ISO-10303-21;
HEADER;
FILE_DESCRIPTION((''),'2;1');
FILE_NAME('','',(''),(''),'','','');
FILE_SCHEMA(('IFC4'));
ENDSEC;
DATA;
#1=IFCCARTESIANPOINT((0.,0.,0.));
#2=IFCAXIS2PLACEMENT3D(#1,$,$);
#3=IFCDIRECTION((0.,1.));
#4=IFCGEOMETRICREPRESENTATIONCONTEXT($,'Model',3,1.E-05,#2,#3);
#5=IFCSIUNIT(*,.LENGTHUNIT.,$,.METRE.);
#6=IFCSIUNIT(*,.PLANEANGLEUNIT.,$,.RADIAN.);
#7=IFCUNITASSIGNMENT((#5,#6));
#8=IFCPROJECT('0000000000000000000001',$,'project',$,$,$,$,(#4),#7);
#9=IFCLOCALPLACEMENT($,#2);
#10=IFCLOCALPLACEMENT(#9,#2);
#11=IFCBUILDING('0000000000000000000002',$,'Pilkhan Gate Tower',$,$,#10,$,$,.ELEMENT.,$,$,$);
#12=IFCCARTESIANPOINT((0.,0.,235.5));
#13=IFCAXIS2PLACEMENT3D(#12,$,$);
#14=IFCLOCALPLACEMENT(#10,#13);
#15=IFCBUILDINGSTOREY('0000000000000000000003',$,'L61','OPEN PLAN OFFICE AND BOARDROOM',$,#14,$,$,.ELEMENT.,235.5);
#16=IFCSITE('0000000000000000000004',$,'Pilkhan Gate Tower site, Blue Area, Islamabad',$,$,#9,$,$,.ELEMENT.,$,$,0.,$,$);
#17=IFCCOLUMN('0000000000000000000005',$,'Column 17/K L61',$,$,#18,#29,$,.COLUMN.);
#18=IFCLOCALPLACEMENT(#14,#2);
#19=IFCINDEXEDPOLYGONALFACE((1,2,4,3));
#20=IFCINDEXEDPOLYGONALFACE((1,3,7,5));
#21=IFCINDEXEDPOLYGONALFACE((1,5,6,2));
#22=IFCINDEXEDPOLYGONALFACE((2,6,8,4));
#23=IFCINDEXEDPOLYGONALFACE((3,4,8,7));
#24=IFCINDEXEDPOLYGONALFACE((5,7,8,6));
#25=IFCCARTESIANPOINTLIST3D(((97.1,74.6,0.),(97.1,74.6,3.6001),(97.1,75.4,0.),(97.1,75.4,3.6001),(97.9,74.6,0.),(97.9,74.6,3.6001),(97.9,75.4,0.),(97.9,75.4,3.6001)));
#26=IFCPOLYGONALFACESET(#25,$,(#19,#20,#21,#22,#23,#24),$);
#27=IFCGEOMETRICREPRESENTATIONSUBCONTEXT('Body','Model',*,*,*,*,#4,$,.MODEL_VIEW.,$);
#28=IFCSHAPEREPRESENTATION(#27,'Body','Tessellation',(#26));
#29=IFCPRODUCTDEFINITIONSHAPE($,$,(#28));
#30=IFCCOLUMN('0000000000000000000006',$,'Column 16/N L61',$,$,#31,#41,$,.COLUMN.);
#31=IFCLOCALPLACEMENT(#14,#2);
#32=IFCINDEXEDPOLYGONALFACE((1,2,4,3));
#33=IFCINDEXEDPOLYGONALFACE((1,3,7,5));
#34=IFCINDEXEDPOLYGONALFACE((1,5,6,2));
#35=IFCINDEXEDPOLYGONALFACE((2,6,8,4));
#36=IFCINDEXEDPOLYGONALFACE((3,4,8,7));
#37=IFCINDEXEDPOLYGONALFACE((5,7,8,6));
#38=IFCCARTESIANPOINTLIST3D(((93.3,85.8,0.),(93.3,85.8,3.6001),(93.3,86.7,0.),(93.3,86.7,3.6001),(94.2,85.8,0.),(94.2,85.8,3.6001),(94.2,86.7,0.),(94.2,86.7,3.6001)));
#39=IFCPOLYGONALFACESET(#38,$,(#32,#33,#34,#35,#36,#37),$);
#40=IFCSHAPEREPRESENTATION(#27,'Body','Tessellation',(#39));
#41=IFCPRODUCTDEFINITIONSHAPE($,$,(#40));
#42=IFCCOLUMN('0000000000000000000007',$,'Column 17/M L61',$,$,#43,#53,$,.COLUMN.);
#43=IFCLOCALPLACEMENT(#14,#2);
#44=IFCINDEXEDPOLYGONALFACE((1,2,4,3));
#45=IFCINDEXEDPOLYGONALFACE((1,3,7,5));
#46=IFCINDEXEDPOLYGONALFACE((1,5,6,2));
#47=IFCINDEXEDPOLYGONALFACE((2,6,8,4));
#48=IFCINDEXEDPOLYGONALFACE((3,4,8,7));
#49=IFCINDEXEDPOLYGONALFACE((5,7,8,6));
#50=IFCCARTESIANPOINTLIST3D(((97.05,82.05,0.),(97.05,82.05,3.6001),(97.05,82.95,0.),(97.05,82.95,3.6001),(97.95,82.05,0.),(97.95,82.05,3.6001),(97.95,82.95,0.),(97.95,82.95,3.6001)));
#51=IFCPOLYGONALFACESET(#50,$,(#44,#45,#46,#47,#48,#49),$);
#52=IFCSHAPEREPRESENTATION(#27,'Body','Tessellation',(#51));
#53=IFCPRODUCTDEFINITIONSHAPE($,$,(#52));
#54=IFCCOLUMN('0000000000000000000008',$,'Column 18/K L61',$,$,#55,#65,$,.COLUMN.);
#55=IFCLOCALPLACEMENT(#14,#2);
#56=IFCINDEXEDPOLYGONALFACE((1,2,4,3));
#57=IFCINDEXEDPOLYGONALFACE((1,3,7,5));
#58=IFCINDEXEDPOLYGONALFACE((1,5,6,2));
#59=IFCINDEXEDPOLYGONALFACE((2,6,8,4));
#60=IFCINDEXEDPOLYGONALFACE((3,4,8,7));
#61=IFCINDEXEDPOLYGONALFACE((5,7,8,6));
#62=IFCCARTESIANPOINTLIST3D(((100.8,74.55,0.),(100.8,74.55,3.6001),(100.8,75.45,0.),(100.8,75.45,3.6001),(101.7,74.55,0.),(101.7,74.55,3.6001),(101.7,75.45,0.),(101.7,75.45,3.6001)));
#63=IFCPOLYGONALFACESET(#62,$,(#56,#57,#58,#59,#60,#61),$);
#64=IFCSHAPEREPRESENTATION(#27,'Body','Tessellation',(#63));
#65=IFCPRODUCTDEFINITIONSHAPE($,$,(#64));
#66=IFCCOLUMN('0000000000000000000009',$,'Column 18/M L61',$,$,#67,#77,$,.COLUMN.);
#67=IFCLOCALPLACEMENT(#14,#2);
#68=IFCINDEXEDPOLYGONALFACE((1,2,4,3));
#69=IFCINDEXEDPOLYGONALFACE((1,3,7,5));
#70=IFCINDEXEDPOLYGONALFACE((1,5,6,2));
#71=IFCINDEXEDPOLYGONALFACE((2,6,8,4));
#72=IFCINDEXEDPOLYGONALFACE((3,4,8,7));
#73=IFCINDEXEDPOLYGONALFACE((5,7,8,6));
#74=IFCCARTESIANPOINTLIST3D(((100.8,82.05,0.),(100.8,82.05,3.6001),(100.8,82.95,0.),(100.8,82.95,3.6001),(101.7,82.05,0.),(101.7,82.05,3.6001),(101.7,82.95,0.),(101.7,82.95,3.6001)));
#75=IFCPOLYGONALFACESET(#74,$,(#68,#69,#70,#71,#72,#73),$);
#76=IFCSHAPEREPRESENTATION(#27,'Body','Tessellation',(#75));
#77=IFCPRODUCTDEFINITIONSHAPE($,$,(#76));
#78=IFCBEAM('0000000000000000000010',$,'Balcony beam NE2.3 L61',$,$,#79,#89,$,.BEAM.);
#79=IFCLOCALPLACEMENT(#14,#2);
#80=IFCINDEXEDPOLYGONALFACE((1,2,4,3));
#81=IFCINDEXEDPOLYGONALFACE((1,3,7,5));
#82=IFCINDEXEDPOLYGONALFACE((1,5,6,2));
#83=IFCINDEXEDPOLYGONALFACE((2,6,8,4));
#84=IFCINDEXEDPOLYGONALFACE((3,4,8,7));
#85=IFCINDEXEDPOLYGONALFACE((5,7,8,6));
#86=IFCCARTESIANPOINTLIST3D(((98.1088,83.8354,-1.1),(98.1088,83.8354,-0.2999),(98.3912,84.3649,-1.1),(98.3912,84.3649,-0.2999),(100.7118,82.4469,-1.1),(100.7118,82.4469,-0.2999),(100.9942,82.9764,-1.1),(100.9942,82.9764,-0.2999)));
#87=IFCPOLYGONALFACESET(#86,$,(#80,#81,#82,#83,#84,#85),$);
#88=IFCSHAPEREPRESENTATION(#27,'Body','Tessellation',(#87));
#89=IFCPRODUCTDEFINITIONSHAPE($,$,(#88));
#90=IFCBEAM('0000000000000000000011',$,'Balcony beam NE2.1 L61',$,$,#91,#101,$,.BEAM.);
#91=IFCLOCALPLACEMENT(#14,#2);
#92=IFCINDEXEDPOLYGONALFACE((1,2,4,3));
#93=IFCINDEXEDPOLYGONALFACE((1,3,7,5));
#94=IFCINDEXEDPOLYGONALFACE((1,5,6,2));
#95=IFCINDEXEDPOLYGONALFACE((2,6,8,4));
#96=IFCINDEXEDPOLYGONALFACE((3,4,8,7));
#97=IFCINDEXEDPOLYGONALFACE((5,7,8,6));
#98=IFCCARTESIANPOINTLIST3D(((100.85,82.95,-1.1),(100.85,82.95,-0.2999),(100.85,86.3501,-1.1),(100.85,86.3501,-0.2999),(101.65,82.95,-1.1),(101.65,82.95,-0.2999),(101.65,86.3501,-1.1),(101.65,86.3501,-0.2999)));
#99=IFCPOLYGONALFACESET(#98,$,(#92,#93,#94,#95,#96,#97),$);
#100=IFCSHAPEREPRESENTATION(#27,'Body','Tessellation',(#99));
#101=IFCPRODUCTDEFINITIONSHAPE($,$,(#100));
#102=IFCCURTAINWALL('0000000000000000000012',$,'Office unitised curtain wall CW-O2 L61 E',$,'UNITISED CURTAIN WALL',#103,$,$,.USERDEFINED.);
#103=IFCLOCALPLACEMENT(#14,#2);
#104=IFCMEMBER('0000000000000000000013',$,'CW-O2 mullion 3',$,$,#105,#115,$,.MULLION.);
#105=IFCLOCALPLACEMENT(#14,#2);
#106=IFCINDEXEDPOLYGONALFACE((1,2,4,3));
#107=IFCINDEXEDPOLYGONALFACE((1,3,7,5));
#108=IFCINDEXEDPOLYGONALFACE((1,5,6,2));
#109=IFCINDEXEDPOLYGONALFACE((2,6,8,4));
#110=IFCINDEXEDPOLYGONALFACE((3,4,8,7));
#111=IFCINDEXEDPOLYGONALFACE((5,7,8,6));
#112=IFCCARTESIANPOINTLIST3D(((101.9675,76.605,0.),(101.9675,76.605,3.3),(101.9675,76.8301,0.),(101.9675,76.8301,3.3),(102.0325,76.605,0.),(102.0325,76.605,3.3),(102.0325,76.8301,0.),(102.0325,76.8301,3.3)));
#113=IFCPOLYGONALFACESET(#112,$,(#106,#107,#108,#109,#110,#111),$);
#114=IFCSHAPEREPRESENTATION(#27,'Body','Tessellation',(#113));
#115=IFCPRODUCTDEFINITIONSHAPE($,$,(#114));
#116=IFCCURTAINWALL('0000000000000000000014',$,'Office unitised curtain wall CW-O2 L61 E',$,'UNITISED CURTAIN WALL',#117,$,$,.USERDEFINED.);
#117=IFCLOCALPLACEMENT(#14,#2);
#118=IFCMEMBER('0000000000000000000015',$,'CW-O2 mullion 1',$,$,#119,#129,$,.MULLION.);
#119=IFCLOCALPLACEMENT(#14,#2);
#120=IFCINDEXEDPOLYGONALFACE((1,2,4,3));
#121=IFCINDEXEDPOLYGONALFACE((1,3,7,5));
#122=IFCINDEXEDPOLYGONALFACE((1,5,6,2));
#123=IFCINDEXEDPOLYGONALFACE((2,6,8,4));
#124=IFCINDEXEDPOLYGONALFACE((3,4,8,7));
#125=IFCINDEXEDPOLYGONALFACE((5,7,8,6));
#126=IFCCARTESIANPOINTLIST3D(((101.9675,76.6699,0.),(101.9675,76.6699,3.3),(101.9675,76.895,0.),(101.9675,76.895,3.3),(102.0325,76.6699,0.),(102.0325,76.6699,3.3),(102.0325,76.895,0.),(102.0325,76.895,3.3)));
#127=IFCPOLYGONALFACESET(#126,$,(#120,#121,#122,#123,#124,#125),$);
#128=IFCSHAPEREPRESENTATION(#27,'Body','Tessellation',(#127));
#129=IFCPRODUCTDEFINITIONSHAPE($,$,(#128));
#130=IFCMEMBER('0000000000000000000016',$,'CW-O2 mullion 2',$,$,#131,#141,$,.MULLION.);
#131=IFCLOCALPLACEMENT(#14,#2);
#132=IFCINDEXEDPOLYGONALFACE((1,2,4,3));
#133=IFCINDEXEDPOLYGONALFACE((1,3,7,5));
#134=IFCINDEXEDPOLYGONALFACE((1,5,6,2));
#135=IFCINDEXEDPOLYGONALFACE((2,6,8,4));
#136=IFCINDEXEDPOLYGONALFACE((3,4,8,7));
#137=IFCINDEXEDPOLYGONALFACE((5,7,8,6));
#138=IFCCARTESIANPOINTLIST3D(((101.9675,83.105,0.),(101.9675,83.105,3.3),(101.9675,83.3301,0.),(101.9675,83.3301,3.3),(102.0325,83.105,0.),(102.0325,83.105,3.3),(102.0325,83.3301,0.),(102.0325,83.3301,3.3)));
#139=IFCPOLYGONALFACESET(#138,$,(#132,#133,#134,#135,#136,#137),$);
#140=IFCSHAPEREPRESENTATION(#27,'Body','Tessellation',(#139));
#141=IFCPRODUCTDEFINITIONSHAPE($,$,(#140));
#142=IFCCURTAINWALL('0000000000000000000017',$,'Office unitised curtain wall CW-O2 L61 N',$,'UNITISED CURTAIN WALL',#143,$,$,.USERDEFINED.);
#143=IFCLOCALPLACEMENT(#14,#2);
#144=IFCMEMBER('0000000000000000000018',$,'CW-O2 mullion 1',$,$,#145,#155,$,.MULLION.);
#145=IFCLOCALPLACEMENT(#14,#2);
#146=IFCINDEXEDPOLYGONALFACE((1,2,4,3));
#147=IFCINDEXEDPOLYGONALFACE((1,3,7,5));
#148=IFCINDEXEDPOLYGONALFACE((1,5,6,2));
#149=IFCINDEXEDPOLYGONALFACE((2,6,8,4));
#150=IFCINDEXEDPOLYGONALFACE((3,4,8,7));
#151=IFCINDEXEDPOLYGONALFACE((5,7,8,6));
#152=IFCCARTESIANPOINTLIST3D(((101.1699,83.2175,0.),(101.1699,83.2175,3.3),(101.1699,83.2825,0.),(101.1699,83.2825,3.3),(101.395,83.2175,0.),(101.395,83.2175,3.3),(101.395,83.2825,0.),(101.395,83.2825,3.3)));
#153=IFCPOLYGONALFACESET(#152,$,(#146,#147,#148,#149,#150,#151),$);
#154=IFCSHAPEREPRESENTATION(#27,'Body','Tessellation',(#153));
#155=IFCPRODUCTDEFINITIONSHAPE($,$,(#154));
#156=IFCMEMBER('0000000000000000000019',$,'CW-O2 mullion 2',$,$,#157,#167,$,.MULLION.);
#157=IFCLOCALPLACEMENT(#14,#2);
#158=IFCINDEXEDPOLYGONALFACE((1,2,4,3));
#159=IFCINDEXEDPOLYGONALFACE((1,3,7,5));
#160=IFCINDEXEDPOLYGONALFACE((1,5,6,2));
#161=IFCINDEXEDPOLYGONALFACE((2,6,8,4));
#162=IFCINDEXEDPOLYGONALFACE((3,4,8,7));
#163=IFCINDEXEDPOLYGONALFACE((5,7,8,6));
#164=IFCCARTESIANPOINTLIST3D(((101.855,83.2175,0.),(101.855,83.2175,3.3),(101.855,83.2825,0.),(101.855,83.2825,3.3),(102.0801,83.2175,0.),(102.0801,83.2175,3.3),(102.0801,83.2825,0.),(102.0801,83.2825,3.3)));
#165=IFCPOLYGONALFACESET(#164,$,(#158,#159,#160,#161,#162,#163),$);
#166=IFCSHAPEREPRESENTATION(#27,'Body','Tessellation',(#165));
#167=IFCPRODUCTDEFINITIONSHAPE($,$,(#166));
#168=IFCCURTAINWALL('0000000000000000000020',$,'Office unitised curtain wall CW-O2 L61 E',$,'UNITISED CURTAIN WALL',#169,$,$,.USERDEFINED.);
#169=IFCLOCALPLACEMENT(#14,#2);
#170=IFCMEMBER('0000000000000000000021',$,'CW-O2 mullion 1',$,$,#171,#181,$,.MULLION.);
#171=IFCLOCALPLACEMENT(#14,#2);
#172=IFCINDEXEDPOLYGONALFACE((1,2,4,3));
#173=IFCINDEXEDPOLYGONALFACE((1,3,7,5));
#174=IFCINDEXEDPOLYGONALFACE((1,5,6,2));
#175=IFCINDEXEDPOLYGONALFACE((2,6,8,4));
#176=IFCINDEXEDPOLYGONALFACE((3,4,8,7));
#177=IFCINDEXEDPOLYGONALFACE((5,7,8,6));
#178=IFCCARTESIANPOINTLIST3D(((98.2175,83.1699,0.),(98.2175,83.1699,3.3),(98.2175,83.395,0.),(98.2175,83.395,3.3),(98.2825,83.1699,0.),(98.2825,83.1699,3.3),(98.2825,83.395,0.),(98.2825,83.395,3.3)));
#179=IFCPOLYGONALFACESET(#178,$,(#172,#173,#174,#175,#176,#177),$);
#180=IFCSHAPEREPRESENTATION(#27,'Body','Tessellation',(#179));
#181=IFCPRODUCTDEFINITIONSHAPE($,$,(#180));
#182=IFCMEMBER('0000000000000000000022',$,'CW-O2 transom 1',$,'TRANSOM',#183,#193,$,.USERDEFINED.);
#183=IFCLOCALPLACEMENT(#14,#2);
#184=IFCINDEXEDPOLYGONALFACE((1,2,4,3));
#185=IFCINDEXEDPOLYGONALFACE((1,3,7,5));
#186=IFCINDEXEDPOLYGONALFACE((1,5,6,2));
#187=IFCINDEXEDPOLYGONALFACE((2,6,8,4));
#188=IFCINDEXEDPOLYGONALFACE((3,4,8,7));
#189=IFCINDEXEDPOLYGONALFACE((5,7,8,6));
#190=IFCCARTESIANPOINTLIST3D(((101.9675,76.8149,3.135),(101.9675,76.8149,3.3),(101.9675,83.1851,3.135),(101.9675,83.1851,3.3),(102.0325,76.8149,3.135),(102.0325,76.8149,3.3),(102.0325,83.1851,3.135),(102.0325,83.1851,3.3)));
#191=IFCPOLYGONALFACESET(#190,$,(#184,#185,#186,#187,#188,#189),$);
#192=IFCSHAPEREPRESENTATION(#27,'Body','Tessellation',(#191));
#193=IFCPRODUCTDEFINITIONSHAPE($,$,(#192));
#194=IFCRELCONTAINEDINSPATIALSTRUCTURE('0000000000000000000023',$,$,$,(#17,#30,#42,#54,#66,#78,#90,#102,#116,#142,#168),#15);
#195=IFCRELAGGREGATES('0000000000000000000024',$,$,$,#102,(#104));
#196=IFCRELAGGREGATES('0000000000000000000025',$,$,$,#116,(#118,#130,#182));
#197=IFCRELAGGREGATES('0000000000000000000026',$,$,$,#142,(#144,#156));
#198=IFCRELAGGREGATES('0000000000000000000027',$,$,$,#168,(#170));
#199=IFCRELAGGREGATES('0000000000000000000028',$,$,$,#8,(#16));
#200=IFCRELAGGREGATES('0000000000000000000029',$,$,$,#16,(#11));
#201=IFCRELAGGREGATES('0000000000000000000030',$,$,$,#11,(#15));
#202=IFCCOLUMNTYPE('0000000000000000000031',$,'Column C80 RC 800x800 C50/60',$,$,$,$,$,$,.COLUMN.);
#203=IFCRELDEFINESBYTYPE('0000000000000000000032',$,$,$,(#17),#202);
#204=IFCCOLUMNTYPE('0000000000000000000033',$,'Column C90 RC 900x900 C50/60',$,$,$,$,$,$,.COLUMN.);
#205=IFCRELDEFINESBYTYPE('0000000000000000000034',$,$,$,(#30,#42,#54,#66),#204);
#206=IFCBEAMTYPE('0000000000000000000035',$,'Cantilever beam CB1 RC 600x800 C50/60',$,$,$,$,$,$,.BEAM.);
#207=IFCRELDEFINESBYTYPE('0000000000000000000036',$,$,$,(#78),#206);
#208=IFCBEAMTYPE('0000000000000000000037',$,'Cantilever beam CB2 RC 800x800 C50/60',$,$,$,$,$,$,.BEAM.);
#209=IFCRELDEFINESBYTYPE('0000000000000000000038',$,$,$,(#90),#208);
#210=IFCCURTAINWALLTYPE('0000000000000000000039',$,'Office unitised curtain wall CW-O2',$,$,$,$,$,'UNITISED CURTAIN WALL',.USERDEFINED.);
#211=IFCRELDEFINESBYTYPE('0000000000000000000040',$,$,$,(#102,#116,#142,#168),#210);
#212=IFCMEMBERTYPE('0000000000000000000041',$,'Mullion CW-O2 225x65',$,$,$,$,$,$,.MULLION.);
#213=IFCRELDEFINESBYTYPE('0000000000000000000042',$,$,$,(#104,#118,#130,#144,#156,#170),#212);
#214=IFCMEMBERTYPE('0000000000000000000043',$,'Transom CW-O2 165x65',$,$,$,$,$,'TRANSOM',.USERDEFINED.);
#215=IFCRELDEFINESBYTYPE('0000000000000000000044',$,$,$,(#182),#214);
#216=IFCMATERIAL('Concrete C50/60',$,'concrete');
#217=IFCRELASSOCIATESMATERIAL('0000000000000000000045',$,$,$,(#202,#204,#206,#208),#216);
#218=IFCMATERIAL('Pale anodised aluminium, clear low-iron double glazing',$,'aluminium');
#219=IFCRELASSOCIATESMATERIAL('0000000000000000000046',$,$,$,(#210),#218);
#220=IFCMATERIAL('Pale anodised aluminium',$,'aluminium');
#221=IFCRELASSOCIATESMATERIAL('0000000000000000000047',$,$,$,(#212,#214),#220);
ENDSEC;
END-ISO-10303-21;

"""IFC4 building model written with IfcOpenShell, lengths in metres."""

from ifc_helpers import new_model, si_unit, direction, frame, origin, origin_2d, place, context, subcontext, project, spatial, rectangle, extrude, material, material_profile, profile_set, type_object, element, aggregate, save


model = new_model("IFC4")

# Units and contexts
model_context = context("Model", 3, precision=1e-05, world=origin(), true_north=direction((0.0, 1.0)))
body_context = subcontext(model_context, "Body", "Model", "MODEL_VIEW")
ifc_project = project(units=[si_unit("LENGTHUNIT", "METRE"), si_unit("PLANEANGLEUNIT", "RADIAN")], contexts=[model_context])

# Site, building, storey
site_placement = place(None, origin())
site = spatial("IfcSite", under=ifc_project, at=site_placement, Name="Pilkhan Gate Tower site, Blue Area, Islamabad", CompositionType="ELEMENT", RefElevation=0.0)
building_placement = place(site_placement, origin())
building = spatial("IfcBuilding", under=site, at=building_placement, Name="Pilkhan Gate Tower", CompositionType="ELEMENT")
storey_placement = place(building_placement, frame((0.0, 0.0, 235.5)))
storey = spatial("IfcBuildingStorey", under=building, at=storey_placement, Name="L61", Description="OPEN PLAN OFFICE AND BOARDROOM", CompositionType="ELEMENT", Elevation=235.5)

# Columns
ifc_material_1 = material(Name="Concrete C50/60", Category="concrete")
ifc_material_profile_1 = material_profile(ifc_material_1, rectangle(XDim=0.8, YDim=0.8, at=origin_2d()), Name="RC 800x800")
ifc_profile_set_1 = profile_set([ifc_material_profile_1], Name="Concrete C50/60")
column_type_1 = type_object("IfcColumnType", Name="Column C80 RC 800x800 C50/60", PredefinedType="COLUMN", material=ifc_profile_set_1)
column_placement = place(storey_placement, frame((97.5, 75.0, 0.0), z_axis=(0.0, 0.0, 1.0), x_axis=(1.0, 0.0, 0.0)))
element("IfcColumn", 1, at=column_placement, inside=storey, type_object=column_type_1, Name="Column 17/K L61", PredefinedType="COLUMN", context=body_context, shape_type="SweptSolid", body=[
    extrude(rectangle(XDim=0.8, YDim=0.8, at=origin_2d()), origin(), (0.0, 0.0, 1.0), 3.6001),
])
ifc_material_profile_2 = material_profile(ifc_material_1, rectangle(XDim=0.8999, YDim=0.8999, at=origin_2d()), Name="RC 900x900")
ifc_profile_set_2 = profile_set([ifc_material_profile_2], Name="Concrete C50/60")
column_type_2 = type_object("IfcColumnType", Name="Column C90 RC 900x900 C50/60", PredefinedType="COLUMN", material=ifc_profile_set_2)
for number, where, z_axis, x_axis, name in (
    (2, (93.75, 86.25, 0.0), (0.0, 0.0, 1.0), (1.0, 0.0, 0.0), "Column 16/N L61"),
    (3, (97.5, 82.5, 0.0), (0.0, 0.0, 1.0), (1.0, 0.0, 0.0), "Column 17/M L61"),
    (4, (101.25, 75.0, 0.0), (0.0, 0.0, 1.0), (1.0, 0.0, 0.0), "Column 18/K L61"),
    (5, (101.25, 82.5, 0.0), (0.0, 0.0, 1.0), (1.0, 0.0, 0.0), "Column 18/M L61"),
):
    element("IfcColumn", number, at=place(storey_placement, frame(where, z_axis=z_axis, x_axis=x_axis)), inside=storey, type_object=column_type_2, Name=name, PredefinedType="COLUMN", context=body_context, shape_type="SweptSolid", body=[
        extrude(rectangle(XDim=0.8999, YDim=0.8999, at=origin_2d()), origin(), (0.0, 0.0, 1.0), 3.6001),
    ])

# Beams
ifc_material_profile_3 = material_profile(ifc_material_1, rectangle(XDim=0.6001, YDim=0.8, at=origin_2d()), Name="RC 600x800")
ifc_profile_set_3 = profile_set([ifc_material_profile_3], Name="Concrete C50/60")
beam_type_1 = type_object("IfcBeamType", Name="Cantilever beam CB1 RC 600x800 C50/60", PredefinedType="BEAM", material=ifc_profile_set_3)
beam_1_placement = place(storey_placement, frame((100.853, 82.7117, -0.7), z_axis=(-0.882332, 0.470627, 0.0), x_axis=(-0.470627, -0.882332, 0.0)))
element("IfcBeam", 6, at=beam_1_placement, inside=storey, type_object=beam_type_1, Name="Balcony beam NE2.3 L61", PredefinedType="BEAM", context=body_context, shape_type="SweptSolid", body=[
    extrude(rectangle(XDim=0.6001, YDim=0.8, at=origin_2d()), origin(), (0.0, 0.0, 1.0), 2.9502),
])
ifc_material_profile_4 = material_profile(ifc_material_1, rectangle(XDim=0.8, YDim=0.8, at=origin_2d()), Name="RC 800x800")
ifc_profile_set_4 = profile_set([ifc_material_profile_4], Name="Concrete C50/60")
beam_type_2 = type_object("IfcBeamType", Name="Cantilever beam CB2 RC 800x800 C50/60", PredefinedType="BEAM", material=ifc_profile_set_4)
beam_2_placement = place(storey_placement, frame((101.25, 82.95, -0.7), z_axis=(0.0, 1.0, 0.0), x_axis=(-1.0, 0.0, 0.0)))
element("IfcBeam", 7, at=beam_2_placement, inside=storey, type_object=beam_type_2, Name="Balcony beam NE2.1 L61", PredefinedType="BEAM", context=body_context, shape_type="SweptSolid", body=[
    extrude(rectangle(XDim=0.8, YDim=0.8, at=origin_2d()), origin(), (0.0, 0.0, 1.0), 3.4001),
])

# Curtain wall, member
ifc_material_2 = material(Name="Pale anodised aluminium, clear low-iron double glazing", Category="aluminium")
curtain_wall_type = type_object("IfcCurtainWallType", Name="Office unitised curtain wall CW-O2", ElementType="UNITISED CURTAIN WALL", PredefinedType="USERDEFINED", material=ifc_material_2)
curtain_wall_1_placement = place(storey_placement, origin())
curtain_wall_1 = element("IfcCurtainWall", 8, at=curtain_wall_1_placement, inside=storey, type_object=curtain_wall_type, Name="Office unitised curtain wall CW-O2 L61 E", ObjectType="UNITISED CURTAIN WALL", PredefinedType="USERDEFINED")
ifc_material_3 = material(Name="Pale anodised aluminium", Category="aluminium")
ifc_material_profile_5 = material_profile(ifc_material_3, rectangle(XDim=0.0649, YDim=0.2251, at=origin_2d()), Name="Mullion 225x65")
ifc_profile_set_5 = profile_set([ifc_material_profile_5], Name="Pale anodised aluminium")
member_type_1 = type_object("IfcMemberType", Name="Mullion CW-O2 225x65", PredefinedType="MULLION", material=ifc_profile_set_5)
member_1_placement = place(storey_placement, frame((102.0, 76.7175, 0.0), z_axis=(0.0, 0.0, 1.0), x_axis=(-1.0, 0.0, 0.0)))
member_1 = element("IfcMember", 9, at=member_1_placement, type_object=member_type_1, Name="CW-O2 mullion 3", PredefinedType="MULLION", context=body_context, shape_type="SweptSolid", body=[
    extrude(rectangle(XDim=0.0649, YDim=0.2251, at=origin_2d()), origin(), (0.0, 0.0, 1.0), 3.3),
])
aggregate(curtain_wall_1, [member_1])

# Curtain walls, members
curtain_wall_2_placement = place(storey_placement, origin())
curtain_wall_2 = element("IfcCurtainWall", 10, at=curtain_wall_2_placement, inside=storey, type_object=curtain_wall_type, Name="Office unitised curtain wall CW-O2 L61 E", ObjectType="UNITISED CURTAIN WALL", PredefinedType="USERDEFINED")
member_2_placement = place(storey_placement, frame((102.0, 76.7825, 0.0), z_axis=(0.0, 0.0, 1.0), x_axis=(-1.0, 0.0, 0.0)))
member_2 = element("IfcMember", 11, at=member_2_placement, type_object=member_type_1, Name="CW-O2 mullion 1", PredefinedType="MULLION", context=body_context, shape_type="SweptSolid", body=[
    extrude(rectangle(XDim=0.0649, YDim=0.2251, at=origin_2d()), origin(), (0.0, 0.0, 1.0), 3.3),
])
member_3_placement = place(storey_placement, frame((102.0, 83.2175, 0.0), z_axis=(0.0, 0.0, 1.0), x_axis=(-1.0, 0.0, 0.0)))
member_3 = element("IfcMember", 12, at=member_3_placement, type_object=member_type_1, Name="CW-O2 mullion 2", PredefinedType="MULLION", context=body_context, shape_type="SweptSolid", body=[
    extrude(rectangle(XDim=0.0649, YDim=0.2251, at=origin_2d()), origin(), (0.0, 0.0, 1.0), 3.3),
])
curtain_wall_3_placement = place(storey_placement, origin())
curtain_wall_3 = element("IfcCurtainWall", 13, at=curtain_wall_3_placement, inside=storey, type_object=curtain_wall_type, Name="Office unitised curtain wall CW-O2 L61 N", ObjectType="UNITISED CURTAIN WALL", PredefinedType="USERDEFINED")
member_4_placement = place(storey_placement, frame((101.2825, 83.25, 0.0), z_axis=(0.0, 0.0, 1.0), x_axis=(0.0, 1.0, 0.0)))
member_4 = element("IfcMember", 14, at=member_4_placement, type_object=member_type_1, Name="CW-O2 mullion 1", PredefinedType="MULLION", context=body_context, shape_type="SweptSolid", body=[
    extrude(rectangle(XDim=0.0649, YDim=0.2251, at=origin_2d()), origin(), (0.0, 0.0, 1.0), 3.3),
])
member_5_placement = place(storey_placement, frame((101.9675, 83.25, 0.0), z_axis=(0.0, 0.0, 1.0), x_axis=(0.0, 1.0, 0.0)))
member_5 = element("IfcMember", 15, at=member_5_placement, type_object=member_type_1, Name="CW-O2 mullion 2", PredefinedType="MULLION", context=body_context, shape_type="SweptSolid", body=[
    extrude(rectangle(XDim=0.0649, YDim=0.2251, at=origin_2d()), origin(), (0.0, 0.0, 1.0), 3.3),
])

# Curtain wall, member
curtain_wall_4_placement = place(storey_placement, origin())
curtain_wall_4 = element("IfcCurtainWall", 16, at=curtain_wall_4_placement, inside=storey, type_object=curtain_wall_type, Name="Office unitised curtain wall CW-O2 L61 E", ObjectType="UNITISED CURTAIN WALL", PredefinedType="USERDEFINED")
member_6_placement = place(storey_placement, frame((98.25, 83.2825, 0.0), z_axis=(0.0, 0.0, 1.0), x_axis=(-1.0, 0.0, 0.0)))
member_6 = element("IfcMember", 17, at=member_6_placement, type_object=member_type_1, Name="CW-O2 mullion 1", PredefinedType="MULLION", context=body_context, shape_type="SweptSolid", body=[
    extrude(rectangle(XDim=0.0649, YDim=0.2251, at=origin_2d()), origin(), (0.0, 0.0, 1.0), 3.3),
])

# Member
ifc_material_profile_6 = material_profile(ifc_material_3, rectangle(XDim=0.0649, YDim=0.165, at=origin_2d()), Name="Transom 165x65")
ifc_profile_set_6 = profile_set([ifc_material_profile_6], Name="Pale anodised aluminium")
member_type_2 = type_object("IfcMemberType", Name="Transom CW-O2 165x65", ElementType="TRANSOM", PredefinedType="USERDEFINED", material=ifc_profile_set_6)
member_7_placement = place(storey_placement, frame((102.0, 76.8149, 3.2175), z_axis=(0.0, 1.0, 0.0), x_axis=(-1.0, 0.0, 0.0)))
member_7 = element("IfcMember", 18, at=member_7_placement, type_object=member_type_2, Name="CW-O2 transom 1", ObjectType="TRANSOM", PredefinedType="USERDEFINED", context=body_context, shape_type="SweptSolid", body=[
    extrude(rectangle(XDim=0.0649, YDim=0.165, at=origin_2d()), origin(), (0.0, 0.0, 1.0), 6.3701),
])

aggregate(curtain_wall_2, [member_2, member_3, member_7])
aggregate(curtain_wall_3, [member_4, member_5])
aggregate(curtain_wall_4, [member_6])

save(model, "model.ifc")
